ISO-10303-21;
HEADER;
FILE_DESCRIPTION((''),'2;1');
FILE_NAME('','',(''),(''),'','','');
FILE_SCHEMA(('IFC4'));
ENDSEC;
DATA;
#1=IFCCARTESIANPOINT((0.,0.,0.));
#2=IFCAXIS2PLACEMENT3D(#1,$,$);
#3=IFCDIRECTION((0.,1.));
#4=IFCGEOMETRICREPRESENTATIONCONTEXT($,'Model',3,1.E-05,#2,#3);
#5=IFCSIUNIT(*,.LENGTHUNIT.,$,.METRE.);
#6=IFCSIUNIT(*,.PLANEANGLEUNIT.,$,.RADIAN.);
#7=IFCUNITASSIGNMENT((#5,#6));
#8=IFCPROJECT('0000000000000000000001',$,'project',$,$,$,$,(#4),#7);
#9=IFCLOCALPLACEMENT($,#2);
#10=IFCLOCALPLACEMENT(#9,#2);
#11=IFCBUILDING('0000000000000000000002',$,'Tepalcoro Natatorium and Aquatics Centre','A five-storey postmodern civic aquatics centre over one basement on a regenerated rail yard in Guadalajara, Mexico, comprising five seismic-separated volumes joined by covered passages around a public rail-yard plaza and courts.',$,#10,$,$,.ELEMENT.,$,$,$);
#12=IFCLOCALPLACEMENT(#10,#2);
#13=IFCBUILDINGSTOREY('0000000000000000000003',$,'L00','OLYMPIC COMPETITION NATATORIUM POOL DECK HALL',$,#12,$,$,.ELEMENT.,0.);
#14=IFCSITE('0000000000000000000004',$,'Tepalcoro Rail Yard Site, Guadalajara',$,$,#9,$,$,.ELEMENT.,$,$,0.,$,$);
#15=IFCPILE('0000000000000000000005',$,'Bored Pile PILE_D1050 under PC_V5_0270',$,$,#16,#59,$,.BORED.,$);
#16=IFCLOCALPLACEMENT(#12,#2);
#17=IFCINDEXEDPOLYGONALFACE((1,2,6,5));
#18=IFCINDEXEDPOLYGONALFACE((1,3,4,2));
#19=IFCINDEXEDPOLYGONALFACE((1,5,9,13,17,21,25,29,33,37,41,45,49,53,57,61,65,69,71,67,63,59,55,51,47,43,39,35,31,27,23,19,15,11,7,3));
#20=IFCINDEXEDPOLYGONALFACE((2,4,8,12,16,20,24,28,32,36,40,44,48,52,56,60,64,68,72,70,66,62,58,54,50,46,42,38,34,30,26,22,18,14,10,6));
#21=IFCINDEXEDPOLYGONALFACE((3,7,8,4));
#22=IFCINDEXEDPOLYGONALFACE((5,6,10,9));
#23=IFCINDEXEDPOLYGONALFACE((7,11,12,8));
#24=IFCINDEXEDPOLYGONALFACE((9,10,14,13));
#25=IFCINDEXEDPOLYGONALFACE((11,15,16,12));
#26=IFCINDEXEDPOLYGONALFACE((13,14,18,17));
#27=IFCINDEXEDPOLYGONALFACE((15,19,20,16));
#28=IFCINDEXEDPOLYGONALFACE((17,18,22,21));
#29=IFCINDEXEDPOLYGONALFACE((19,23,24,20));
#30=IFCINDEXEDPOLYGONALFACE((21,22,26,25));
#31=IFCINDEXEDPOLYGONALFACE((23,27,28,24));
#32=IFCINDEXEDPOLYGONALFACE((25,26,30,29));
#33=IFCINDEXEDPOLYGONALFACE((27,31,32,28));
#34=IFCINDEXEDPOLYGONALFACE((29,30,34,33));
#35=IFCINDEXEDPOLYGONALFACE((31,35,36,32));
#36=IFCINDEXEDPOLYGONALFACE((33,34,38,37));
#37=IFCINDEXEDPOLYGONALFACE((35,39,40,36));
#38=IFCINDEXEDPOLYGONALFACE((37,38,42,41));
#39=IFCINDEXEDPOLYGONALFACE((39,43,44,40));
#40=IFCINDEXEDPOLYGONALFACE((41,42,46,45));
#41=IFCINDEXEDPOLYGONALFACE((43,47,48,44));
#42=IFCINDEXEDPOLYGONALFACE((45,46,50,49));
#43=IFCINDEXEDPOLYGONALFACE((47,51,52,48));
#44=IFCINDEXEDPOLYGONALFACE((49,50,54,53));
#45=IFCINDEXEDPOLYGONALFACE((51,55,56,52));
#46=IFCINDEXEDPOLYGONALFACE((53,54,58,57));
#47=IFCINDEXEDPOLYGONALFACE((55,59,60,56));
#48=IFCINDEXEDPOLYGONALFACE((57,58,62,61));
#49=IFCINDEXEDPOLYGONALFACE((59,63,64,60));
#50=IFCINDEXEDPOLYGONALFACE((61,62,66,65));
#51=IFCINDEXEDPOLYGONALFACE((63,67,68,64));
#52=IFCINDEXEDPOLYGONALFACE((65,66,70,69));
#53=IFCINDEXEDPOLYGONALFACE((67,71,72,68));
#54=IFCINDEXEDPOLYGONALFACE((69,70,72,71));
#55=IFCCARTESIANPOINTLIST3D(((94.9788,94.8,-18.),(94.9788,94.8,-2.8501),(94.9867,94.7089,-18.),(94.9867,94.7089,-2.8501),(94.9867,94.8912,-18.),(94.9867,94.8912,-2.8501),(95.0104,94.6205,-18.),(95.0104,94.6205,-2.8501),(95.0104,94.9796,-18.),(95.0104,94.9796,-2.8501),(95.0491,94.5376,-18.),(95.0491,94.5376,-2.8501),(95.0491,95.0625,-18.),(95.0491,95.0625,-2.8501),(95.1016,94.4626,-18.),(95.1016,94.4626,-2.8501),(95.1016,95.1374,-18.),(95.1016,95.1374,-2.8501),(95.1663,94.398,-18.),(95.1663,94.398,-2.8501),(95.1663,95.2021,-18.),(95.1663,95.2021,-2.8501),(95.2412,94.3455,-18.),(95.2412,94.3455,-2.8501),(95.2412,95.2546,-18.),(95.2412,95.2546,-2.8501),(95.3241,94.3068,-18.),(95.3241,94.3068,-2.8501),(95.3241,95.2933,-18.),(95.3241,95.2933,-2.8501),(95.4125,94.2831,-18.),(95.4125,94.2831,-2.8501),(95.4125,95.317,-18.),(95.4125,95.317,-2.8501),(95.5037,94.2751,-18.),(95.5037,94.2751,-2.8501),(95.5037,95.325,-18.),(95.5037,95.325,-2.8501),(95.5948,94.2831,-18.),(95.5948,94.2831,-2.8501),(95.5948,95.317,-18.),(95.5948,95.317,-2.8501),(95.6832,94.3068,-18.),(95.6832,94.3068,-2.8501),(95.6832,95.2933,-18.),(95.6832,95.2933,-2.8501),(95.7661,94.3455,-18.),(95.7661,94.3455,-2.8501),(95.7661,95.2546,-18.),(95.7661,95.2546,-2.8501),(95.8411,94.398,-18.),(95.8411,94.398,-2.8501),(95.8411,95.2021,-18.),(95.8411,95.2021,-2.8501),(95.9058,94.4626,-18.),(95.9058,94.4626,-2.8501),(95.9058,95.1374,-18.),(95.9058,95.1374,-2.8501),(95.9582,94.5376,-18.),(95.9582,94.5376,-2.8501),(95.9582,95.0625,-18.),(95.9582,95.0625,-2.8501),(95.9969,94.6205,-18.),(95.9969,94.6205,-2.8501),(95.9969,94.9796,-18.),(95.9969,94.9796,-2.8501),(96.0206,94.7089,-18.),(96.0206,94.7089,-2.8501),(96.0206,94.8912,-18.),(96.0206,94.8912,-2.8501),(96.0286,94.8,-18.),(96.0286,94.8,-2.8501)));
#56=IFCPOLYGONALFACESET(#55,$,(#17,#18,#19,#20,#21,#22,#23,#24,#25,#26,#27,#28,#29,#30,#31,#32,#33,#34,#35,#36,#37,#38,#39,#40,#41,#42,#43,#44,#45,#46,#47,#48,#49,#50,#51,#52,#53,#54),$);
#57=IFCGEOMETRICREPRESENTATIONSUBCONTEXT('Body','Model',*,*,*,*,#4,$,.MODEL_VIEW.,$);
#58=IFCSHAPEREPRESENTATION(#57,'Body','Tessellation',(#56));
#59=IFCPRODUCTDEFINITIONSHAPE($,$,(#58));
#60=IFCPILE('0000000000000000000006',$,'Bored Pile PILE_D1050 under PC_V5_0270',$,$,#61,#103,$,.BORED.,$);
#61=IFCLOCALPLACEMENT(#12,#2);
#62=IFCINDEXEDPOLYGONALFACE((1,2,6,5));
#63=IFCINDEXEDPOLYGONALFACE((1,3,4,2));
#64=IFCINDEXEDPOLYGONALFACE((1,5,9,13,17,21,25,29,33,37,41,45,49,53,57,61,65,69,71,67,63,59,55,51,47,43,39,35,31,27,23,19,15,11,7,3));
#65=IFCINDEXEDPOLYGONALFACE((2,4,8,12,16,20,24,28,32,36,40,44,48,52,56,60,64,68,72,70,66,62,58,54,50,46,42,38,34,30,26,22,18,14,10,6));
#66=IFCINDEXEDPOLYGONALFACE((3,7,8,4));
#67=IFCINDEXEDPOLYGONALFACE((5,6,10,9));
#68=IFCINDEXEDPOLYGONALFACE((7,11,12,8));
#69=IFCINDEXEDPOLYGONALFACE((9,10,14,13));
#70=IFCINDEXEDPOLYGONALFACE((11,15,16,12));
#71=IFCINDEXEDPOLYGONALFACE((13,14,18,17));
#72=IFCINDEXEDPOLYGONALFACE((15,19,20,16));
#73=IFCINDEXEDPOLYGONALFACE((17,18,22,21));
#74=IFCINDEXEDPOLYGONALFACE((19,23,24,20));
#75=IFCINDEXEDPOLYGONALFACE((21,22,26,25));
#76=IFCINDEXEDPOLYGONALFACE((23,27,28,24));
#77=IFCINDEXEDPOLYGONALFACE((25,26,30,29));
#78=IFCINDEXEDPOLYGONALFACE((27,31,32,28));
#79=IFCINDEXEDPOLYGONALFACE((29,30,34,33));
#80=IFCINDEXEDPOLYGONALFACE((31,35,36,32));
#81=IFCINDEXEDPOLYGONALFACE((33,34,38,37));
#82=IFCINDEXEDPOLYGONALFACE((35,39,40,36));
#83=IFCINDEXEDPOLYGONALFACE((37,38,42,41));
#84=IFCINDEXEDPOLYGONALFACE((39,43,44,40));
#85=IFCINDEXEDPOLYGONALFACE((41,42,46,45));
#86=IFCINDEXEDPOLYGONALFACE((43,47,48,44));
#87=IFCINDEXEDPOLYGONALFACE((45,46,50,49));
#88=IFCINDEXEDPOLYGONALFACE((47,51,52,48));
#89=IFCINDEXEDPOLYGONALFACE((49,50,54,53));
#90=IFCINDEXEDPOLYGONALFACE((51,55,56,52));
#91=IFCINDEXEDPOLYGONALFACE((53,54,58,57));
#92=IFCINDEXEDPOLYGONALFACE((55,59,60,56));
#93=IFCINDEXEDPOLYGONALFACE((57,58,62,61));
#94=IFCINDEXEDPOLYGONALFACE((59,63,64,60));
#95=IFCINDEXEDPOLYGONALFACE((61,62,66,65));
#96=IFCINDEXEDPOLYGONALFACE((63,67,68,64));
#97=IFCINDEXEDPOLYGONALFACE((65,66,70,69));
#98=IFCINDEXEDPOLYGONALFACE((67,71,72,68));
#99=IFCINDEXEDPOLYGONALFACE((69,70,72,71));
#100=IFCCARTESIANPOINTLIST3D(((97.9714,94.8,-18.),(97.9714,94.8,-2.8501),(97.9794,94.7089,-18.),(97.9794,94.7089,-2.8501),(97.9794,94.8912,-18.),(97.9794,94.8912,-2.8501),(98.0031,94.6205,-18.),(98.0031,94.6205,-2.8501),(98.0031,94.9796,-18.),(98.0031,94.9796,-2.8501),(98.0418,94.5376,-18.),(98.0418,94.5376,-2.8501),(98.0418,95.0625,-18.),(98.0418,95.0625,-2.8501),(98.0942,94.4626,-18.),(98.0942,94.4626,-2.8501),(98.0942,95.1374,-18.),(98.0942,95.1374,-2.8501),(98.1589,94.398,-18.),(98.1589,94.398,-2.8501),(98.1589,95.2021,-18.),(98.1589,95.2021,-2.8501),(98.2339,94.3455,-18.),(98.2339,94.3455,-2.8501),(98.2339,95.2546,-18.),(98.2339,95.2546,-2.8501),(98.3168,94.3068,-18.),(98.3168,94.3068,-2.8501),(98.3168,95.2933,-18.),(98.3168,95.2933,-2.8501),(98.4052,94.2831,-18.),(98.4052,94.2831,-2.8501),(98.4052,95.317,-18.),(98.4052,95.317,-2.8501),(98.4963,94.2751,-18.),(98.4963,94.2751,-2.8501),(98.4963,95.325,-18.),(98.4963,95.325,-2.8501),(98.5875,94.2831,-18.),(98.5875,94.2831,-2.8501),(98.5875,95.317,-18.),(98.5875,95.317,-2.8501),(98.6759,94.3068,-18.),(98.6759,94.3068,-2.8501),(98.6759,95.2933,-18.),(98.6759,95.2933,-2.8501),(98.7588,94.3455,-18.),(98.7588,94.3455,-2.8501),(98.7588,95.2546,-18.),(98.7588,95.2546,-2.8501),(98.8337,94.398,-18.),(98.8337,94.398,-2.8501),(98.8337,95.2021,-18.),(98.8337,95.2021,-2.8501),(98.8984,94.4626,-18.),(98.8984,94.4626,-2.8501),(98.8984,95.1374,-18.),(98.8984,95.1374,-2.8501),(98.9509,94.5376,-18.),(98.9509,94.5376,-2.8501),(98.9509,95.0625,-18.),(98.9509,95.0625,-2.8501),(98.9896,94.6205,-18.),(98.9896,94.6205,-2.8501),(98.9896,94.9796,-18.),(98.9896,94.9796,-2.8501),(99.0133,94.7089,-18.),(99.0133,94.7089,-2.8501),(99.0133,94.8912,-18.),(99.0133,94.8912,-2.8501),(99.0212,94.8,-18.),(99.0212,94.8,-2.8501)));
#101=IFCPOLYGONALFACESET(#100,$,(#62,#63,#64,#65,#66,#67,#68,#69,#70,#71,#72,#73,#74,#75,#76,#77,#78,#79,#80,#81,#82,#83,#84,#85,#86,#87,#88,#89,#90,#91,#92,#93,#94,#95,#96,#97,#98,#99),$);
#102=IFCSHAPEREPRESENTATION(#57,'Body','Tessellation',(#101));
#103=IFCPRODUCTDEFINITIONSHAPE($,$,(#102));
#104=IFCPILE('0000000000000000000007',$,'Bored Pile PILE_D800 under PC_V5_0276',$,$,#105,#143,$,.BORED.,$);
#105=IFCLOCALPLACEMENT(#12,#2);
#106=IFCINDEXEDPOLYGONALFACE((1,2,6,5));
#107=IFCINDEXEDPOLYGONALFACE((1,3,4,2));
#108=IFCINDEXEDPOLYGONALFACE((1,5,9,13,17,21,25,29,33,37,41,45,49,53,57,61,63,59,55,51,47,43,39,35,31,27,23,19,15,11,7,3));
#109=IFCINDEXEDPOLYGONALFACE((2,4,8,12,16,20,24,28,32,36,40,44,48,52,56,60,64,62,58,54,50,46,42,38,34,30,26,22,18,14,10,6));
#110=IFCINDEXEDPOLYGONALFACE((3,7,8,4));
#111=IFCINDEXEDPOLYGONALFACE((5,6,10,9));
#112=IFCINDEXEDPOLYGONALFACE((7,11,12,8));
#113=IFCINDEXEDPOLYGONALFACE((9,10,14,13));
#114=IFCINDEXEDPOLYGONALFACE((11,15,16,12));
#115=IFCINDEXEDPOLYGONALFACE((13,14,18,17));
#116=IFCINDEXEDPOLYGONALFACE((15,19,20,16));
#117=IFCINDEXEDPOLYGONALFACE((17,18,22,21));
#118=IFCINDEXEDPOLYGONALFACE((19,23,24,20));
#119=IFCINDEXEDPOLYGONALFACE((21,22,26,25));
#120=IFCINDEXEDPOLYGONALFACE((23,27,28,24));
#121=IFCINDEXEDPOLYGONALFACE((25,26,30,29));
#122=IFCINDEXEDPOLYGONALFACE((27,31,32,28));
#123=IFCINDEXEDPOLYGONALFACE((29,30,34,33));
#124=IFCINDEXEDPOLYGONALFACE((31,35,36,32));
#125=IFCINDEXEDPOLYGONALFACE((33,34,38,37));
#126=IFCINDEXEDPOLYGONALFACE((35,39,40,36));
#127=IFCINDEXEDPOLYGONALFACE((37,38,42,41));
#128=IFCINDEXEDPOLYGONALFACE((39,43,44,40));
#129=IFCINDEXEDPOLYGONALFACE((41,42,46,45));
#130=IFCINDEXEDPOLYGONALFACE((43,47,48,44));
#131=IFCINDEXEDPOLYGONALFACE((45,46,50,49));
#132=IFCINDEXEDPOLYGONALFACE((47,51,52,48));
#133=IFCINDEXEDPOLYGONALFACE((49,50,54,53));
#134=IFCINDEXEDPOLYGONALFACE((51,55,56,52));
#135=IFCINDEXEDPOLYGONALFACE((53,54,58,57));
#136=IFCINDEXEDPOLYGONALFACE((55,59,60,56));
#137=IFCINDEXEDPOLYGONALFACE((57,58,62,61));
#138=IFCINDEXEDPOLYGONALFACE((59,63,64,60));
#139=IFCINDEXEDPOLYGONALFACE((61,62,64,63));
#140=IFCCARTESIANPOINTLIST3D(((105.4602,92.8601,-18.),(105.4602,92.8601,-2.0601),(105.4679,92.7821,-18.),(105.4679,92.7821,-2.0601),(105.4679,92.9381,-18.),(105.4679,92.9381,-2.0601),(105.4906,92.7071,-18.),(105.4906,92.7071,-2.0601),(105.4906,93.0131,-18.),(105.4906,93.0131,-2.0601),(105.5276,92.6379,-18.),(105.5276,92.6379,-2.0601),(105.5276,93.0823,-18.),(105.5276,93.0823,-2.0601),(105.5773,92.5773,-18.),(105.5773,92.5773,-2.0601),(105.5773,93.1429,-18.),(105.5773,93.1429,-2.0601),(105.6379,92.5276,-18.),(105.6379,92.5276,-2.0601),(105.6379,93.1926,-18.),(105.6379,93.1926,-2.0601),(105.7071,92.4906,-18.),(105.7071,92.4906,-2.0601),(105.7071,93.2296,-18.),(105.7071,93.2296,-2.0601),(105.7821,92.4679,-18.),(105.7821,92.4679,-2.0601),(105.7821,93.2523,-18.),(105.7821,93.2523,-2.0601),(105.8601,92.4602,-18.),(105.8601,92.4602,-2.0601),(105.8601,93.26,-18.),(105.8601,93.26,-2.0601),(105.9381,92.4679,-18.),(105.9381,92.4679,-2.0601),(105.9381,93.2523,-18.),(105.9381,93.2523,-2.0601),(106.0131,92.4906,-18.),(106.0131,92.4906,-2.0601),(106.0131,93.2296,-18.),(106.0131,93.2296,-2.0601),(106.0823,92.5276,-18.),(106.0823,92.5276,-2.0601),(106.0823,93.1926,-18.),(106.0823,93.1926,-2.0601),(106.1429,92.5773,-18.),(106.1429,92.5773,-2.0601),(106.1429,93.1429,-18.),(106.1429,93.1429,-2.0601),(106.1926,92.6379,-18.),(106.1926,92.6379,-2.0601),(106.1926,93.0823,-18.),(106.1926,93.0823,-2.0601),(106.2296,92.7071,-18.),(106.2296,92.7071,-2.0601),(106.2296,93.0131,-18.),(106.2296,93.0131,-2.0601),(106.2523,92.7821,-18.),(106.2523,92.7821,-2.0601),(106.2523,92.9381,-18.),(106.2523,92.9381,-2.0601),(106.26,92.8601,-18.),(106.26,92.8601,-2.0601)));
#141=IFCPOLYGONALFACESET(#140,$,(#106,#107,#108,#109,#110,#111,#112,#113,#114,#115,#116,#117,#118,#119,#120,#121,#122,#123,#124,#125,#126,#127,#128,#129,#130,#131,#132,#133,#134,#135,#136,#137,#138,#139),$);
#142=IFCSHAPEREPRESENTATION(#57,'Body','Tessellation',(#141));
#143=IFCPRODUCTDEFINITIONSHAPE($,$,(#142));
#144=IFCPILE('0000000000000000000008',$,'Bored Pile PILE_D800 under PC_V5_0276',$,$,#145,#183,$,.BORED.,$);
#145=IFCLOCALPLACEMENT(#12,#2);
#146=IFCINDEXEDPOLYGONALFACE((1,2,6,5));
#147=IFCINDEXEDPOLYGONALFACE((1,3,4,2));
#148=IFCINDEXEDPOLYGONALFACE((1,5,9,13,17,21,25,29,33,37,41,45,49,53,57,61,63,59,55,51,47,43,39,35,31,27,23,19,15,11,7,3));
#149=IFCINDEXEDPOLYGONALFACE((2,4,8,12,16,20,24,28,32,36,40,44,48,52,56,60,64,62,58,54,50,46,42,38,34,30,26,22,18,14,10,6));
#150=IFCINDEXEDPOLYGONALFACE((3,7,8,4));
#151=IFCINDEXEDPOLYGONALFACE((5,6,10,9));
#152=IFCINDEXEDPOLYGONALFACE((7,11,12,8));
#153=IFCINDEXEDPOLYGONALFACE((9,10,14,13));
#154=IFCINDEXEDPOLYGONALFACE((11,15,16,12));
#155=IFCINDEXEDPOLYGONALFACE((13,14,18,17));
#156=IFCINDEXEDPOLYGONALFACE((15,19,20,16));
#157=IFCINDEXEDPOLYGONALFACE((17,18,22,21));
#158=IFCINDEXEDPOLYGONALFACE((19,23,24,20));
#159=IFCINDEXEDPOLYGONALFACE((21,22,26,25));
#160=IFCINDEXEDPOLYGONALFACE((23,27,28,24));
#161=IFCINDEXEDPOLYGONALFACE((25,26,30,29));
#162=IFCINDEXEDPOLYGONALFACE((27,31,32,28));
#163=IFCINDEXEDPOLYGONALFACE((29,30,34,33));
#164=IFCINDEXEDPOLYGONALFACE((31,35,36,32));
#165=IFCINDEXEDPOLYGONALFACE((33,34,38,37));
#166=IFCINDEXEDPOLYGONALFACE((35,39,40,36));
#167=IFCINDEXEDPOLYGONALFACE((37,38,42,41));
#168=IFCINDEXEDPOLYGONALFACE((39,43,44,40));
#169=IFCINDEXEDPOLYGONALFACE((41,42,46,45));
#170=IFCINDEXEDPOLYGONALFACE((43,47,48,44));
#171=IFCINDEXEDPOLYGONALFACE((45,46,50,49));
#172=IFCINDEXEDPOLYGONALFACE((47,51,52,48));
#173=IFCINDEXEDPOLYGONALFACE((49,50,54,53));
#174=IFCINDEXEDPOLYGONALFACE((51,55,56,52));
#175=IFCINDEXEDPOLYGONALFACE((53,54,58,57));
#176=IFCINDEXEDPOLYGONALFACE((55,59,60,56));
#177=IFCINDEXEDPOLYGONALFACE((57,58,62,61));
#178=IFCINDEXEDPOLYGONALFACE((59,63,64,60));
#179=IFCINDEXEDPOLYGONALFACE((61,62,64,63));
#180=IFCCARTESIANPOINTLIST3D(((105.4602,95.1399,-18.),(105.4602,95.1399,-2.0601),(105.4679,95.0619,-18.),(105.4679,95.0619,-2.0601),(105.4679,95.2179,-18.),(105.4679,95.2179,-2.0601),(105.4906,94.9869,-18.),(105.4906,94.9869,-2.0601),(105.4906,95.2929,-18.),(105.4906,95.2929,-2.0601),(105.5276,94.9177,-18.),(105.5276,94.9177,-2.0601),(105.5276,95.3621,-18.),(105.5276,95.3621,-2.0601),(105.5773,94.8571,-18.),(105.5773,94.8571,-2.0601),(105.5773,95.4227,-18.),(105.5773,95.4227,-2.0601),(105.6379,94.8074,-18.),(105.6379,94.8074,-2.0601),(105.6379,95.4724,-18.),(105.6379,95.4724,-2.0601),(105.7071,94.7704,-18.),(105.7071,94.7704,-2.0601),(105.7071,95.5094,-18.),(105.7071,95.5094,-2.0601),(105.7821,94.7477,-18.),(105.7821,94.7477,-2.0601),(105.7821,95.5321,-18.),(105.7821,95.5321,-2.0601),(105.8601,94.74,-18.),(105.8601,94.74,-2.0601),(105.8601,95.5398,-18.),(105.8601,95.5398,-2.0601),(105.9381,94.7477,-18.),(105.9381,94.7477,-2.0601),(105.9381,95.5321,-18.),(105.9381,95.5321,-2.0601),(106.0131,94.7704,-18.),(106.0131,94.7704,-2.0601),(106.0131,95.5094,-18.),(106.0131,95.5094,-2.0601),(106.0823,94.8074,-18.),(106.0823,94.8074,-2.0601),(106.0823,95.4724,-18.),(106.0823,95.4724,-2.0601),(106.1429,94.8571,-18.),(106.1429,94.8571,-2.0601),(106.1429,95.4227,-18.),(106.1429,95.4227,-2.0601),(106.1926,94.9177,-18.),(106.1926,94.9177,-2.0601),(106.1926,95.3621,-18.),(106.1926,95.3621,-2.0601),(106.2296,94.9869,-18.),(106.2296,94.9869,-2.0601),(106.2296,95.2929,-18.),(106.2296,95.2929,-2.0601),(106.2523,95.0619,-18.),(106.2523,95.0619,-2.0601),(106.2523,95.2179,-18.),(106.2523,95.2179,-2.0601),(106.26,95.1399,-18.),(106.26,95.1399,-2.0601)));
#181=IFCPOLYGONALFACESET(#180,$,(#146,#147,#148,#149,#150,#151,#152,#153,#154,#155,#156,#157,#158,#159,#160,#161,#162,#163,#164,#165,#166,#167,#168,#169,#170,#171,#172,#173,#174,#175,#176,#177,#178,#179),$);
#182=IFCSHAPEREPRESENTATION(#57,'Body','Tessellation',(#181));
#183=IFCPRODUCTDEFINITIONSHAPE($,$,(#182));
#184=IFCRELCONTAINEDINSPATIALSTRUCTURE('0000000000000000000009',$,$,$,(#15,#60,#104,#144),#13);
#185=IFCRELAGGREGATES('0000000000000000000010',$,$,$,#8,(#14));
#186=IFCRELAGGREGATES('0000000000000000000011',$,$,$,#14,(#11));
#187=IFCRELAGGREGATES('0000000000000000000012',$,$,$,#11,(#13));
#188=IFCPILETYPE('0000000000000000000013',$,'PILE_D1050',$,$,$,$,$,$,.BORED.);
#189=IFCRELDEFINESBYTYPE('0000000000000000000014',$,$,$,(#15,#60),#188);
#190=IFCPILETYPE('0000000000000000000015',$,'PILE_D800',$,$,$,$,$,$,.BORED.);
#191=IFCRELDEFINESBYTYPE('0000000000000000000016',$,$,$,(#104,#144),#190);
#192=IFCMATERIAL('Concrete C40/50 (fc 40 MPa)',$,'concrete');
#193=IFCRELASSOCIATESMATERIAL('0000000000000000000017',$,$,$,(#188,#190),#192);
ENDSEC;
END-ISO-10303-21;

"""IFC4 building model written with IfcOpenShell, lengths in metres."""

from ifc_helpers import new_model, si_unit, direction, frame, origin, origin_2d, place, context, subcontext, project, spatial, circle, extrude, material, material_profile, profile_set, type_object, element, save


model = new_model("IFC4")

# Units and contexts
model_context = context("Model", 3, precision=1e-05, world=origin(), true_north=direction((0.0, 1.0)))
body_context = subcontext(model_context, "Body", "Model", "MODEL_VIEW")
ifc_project = project(units=[si_unit("LENGTHUNIT", "METRE"), si_unit("PLANEANGLEUNIT", "RADIAN")], contexts=[model_context])

# Site, building, storey
site_placement = place(None, origin())
site = spatial("IfcSite", under=ifc_project, at=site_placement, Name="Tepalcoro Rail Yard Site, Guadalajara", CompositionType="ELEMENT", RefElevation=0.0)
building_placement = place(site_placement, origin())
building = spatial("IfcBuilding", under=site, at=building_placement, Name="Tepalcoro Natatorium and Aquatics Centre", Description="A five-storey postmodern civic aquatics centre over one basement on a regenerated rail yard in Guadalajara, Mexico, comprising five seismic-separated volumes joined by covered passages around a public rail-yard plaza and courts.", CompositionType="ELEMENT")
storey_placement = place(building_placement, origin())
storey = spatial("IfcBuildingStorey", under=building, at=storey_placement, Name="L00", Description="OLYMPIC COMPETITION NATATORIUM POOL DECK HALL", CompositionType="ELEMENT", Elevation=0.0)

# Piles
ifc_material_1 = material(Name="Concrete C40/50 (fc 40 MPa)", Category="concrete")
ifc_material_profile_1 = material_profile(ifc_material_1, circle(Radius=0.5249, at=origin_2d()), Name="PILE_D1050")
ifc_profile_set_1 = profile_set([ifc_material_profile_1], Name="Concrete C40/50 (fc 40 MPa)")
pile_type_1 = type_object("IfcPileType", Name="PILE_D1050", PredefinedType="BORED", material=ifc_profile_set_1)
for number, where, z_axis, x_axis, name in (
    (1, (95.5037, 94.8, -2.8501), (0.0, 0.0, -1.0), (1.0, 0.0, 0.0), "Bored Pile PILE_D1050 under PC_V5_0270"),
    (2, (98.4963, 94.8, -2.8501), (0.0, 0.0, -1.0), (1.0, 0.0, 0.0), "Bored Pile PILE_D1050 under PC_V5_0270"),
):
    element("IfcPile", number, at=place(storey_placement, frame(where, z_axis=z_axis, x_axis=x_axis)), inside=storey, type_object=pile_type_1, Name=name, PredefinedType="BORED", context=body_context, shape_type="SweptSolid", body=[
        extrude(circle(Radius=0.5249, at=origin_2d()), origin(), (0.0, 0.0, 1.0), 15.1499),
    ])
ifc_material_profile_2 = material_profile(ifc_material_1, circle(Radius=0.3999, at=origin_2d()), Name="PILE_D800")
ifc_profile_set_2 = profile_set([ifc_material_profile_2], Name="Concrete C40/50 (fc 40 MPa)")
pile_type_2 = type_object("IfcPileType", Name="PILE_D800", PredefinedType="BORED", material=ifc_profile_set_2)
for number, where, z_axis, x_axis, name in (
    (3, (105.8601, 92.8601, -2.0601), (0.0, 0.0, -1.0), (1.0, 0.0, 0.0), "Bored Pile PILE_D800 under PC_V5_0276"),
    (4, (105.8601, 95.1399, -2.0601), (0.0, 0.0, -1.0), (1.0, 0.0, 0.0), "Bored Pile PILE_D800 under PC_V5_0276"),
):
    element("IfcPile", number, at=place(storey_placement, frame(where, z_axis=z_axis, x_axis=x_axis)), inside=storey, type_object=pile_type_2, Name=name, PredefinedType="BORED", context=body_context, shape_type="SweptSolid", body=[
        extrude(circle(Radius=0.3999, at=origin_2d()), origin(), (0.0, 0.0, 1.0), 15.9399),
    ])

save(model, "model.ifc")
